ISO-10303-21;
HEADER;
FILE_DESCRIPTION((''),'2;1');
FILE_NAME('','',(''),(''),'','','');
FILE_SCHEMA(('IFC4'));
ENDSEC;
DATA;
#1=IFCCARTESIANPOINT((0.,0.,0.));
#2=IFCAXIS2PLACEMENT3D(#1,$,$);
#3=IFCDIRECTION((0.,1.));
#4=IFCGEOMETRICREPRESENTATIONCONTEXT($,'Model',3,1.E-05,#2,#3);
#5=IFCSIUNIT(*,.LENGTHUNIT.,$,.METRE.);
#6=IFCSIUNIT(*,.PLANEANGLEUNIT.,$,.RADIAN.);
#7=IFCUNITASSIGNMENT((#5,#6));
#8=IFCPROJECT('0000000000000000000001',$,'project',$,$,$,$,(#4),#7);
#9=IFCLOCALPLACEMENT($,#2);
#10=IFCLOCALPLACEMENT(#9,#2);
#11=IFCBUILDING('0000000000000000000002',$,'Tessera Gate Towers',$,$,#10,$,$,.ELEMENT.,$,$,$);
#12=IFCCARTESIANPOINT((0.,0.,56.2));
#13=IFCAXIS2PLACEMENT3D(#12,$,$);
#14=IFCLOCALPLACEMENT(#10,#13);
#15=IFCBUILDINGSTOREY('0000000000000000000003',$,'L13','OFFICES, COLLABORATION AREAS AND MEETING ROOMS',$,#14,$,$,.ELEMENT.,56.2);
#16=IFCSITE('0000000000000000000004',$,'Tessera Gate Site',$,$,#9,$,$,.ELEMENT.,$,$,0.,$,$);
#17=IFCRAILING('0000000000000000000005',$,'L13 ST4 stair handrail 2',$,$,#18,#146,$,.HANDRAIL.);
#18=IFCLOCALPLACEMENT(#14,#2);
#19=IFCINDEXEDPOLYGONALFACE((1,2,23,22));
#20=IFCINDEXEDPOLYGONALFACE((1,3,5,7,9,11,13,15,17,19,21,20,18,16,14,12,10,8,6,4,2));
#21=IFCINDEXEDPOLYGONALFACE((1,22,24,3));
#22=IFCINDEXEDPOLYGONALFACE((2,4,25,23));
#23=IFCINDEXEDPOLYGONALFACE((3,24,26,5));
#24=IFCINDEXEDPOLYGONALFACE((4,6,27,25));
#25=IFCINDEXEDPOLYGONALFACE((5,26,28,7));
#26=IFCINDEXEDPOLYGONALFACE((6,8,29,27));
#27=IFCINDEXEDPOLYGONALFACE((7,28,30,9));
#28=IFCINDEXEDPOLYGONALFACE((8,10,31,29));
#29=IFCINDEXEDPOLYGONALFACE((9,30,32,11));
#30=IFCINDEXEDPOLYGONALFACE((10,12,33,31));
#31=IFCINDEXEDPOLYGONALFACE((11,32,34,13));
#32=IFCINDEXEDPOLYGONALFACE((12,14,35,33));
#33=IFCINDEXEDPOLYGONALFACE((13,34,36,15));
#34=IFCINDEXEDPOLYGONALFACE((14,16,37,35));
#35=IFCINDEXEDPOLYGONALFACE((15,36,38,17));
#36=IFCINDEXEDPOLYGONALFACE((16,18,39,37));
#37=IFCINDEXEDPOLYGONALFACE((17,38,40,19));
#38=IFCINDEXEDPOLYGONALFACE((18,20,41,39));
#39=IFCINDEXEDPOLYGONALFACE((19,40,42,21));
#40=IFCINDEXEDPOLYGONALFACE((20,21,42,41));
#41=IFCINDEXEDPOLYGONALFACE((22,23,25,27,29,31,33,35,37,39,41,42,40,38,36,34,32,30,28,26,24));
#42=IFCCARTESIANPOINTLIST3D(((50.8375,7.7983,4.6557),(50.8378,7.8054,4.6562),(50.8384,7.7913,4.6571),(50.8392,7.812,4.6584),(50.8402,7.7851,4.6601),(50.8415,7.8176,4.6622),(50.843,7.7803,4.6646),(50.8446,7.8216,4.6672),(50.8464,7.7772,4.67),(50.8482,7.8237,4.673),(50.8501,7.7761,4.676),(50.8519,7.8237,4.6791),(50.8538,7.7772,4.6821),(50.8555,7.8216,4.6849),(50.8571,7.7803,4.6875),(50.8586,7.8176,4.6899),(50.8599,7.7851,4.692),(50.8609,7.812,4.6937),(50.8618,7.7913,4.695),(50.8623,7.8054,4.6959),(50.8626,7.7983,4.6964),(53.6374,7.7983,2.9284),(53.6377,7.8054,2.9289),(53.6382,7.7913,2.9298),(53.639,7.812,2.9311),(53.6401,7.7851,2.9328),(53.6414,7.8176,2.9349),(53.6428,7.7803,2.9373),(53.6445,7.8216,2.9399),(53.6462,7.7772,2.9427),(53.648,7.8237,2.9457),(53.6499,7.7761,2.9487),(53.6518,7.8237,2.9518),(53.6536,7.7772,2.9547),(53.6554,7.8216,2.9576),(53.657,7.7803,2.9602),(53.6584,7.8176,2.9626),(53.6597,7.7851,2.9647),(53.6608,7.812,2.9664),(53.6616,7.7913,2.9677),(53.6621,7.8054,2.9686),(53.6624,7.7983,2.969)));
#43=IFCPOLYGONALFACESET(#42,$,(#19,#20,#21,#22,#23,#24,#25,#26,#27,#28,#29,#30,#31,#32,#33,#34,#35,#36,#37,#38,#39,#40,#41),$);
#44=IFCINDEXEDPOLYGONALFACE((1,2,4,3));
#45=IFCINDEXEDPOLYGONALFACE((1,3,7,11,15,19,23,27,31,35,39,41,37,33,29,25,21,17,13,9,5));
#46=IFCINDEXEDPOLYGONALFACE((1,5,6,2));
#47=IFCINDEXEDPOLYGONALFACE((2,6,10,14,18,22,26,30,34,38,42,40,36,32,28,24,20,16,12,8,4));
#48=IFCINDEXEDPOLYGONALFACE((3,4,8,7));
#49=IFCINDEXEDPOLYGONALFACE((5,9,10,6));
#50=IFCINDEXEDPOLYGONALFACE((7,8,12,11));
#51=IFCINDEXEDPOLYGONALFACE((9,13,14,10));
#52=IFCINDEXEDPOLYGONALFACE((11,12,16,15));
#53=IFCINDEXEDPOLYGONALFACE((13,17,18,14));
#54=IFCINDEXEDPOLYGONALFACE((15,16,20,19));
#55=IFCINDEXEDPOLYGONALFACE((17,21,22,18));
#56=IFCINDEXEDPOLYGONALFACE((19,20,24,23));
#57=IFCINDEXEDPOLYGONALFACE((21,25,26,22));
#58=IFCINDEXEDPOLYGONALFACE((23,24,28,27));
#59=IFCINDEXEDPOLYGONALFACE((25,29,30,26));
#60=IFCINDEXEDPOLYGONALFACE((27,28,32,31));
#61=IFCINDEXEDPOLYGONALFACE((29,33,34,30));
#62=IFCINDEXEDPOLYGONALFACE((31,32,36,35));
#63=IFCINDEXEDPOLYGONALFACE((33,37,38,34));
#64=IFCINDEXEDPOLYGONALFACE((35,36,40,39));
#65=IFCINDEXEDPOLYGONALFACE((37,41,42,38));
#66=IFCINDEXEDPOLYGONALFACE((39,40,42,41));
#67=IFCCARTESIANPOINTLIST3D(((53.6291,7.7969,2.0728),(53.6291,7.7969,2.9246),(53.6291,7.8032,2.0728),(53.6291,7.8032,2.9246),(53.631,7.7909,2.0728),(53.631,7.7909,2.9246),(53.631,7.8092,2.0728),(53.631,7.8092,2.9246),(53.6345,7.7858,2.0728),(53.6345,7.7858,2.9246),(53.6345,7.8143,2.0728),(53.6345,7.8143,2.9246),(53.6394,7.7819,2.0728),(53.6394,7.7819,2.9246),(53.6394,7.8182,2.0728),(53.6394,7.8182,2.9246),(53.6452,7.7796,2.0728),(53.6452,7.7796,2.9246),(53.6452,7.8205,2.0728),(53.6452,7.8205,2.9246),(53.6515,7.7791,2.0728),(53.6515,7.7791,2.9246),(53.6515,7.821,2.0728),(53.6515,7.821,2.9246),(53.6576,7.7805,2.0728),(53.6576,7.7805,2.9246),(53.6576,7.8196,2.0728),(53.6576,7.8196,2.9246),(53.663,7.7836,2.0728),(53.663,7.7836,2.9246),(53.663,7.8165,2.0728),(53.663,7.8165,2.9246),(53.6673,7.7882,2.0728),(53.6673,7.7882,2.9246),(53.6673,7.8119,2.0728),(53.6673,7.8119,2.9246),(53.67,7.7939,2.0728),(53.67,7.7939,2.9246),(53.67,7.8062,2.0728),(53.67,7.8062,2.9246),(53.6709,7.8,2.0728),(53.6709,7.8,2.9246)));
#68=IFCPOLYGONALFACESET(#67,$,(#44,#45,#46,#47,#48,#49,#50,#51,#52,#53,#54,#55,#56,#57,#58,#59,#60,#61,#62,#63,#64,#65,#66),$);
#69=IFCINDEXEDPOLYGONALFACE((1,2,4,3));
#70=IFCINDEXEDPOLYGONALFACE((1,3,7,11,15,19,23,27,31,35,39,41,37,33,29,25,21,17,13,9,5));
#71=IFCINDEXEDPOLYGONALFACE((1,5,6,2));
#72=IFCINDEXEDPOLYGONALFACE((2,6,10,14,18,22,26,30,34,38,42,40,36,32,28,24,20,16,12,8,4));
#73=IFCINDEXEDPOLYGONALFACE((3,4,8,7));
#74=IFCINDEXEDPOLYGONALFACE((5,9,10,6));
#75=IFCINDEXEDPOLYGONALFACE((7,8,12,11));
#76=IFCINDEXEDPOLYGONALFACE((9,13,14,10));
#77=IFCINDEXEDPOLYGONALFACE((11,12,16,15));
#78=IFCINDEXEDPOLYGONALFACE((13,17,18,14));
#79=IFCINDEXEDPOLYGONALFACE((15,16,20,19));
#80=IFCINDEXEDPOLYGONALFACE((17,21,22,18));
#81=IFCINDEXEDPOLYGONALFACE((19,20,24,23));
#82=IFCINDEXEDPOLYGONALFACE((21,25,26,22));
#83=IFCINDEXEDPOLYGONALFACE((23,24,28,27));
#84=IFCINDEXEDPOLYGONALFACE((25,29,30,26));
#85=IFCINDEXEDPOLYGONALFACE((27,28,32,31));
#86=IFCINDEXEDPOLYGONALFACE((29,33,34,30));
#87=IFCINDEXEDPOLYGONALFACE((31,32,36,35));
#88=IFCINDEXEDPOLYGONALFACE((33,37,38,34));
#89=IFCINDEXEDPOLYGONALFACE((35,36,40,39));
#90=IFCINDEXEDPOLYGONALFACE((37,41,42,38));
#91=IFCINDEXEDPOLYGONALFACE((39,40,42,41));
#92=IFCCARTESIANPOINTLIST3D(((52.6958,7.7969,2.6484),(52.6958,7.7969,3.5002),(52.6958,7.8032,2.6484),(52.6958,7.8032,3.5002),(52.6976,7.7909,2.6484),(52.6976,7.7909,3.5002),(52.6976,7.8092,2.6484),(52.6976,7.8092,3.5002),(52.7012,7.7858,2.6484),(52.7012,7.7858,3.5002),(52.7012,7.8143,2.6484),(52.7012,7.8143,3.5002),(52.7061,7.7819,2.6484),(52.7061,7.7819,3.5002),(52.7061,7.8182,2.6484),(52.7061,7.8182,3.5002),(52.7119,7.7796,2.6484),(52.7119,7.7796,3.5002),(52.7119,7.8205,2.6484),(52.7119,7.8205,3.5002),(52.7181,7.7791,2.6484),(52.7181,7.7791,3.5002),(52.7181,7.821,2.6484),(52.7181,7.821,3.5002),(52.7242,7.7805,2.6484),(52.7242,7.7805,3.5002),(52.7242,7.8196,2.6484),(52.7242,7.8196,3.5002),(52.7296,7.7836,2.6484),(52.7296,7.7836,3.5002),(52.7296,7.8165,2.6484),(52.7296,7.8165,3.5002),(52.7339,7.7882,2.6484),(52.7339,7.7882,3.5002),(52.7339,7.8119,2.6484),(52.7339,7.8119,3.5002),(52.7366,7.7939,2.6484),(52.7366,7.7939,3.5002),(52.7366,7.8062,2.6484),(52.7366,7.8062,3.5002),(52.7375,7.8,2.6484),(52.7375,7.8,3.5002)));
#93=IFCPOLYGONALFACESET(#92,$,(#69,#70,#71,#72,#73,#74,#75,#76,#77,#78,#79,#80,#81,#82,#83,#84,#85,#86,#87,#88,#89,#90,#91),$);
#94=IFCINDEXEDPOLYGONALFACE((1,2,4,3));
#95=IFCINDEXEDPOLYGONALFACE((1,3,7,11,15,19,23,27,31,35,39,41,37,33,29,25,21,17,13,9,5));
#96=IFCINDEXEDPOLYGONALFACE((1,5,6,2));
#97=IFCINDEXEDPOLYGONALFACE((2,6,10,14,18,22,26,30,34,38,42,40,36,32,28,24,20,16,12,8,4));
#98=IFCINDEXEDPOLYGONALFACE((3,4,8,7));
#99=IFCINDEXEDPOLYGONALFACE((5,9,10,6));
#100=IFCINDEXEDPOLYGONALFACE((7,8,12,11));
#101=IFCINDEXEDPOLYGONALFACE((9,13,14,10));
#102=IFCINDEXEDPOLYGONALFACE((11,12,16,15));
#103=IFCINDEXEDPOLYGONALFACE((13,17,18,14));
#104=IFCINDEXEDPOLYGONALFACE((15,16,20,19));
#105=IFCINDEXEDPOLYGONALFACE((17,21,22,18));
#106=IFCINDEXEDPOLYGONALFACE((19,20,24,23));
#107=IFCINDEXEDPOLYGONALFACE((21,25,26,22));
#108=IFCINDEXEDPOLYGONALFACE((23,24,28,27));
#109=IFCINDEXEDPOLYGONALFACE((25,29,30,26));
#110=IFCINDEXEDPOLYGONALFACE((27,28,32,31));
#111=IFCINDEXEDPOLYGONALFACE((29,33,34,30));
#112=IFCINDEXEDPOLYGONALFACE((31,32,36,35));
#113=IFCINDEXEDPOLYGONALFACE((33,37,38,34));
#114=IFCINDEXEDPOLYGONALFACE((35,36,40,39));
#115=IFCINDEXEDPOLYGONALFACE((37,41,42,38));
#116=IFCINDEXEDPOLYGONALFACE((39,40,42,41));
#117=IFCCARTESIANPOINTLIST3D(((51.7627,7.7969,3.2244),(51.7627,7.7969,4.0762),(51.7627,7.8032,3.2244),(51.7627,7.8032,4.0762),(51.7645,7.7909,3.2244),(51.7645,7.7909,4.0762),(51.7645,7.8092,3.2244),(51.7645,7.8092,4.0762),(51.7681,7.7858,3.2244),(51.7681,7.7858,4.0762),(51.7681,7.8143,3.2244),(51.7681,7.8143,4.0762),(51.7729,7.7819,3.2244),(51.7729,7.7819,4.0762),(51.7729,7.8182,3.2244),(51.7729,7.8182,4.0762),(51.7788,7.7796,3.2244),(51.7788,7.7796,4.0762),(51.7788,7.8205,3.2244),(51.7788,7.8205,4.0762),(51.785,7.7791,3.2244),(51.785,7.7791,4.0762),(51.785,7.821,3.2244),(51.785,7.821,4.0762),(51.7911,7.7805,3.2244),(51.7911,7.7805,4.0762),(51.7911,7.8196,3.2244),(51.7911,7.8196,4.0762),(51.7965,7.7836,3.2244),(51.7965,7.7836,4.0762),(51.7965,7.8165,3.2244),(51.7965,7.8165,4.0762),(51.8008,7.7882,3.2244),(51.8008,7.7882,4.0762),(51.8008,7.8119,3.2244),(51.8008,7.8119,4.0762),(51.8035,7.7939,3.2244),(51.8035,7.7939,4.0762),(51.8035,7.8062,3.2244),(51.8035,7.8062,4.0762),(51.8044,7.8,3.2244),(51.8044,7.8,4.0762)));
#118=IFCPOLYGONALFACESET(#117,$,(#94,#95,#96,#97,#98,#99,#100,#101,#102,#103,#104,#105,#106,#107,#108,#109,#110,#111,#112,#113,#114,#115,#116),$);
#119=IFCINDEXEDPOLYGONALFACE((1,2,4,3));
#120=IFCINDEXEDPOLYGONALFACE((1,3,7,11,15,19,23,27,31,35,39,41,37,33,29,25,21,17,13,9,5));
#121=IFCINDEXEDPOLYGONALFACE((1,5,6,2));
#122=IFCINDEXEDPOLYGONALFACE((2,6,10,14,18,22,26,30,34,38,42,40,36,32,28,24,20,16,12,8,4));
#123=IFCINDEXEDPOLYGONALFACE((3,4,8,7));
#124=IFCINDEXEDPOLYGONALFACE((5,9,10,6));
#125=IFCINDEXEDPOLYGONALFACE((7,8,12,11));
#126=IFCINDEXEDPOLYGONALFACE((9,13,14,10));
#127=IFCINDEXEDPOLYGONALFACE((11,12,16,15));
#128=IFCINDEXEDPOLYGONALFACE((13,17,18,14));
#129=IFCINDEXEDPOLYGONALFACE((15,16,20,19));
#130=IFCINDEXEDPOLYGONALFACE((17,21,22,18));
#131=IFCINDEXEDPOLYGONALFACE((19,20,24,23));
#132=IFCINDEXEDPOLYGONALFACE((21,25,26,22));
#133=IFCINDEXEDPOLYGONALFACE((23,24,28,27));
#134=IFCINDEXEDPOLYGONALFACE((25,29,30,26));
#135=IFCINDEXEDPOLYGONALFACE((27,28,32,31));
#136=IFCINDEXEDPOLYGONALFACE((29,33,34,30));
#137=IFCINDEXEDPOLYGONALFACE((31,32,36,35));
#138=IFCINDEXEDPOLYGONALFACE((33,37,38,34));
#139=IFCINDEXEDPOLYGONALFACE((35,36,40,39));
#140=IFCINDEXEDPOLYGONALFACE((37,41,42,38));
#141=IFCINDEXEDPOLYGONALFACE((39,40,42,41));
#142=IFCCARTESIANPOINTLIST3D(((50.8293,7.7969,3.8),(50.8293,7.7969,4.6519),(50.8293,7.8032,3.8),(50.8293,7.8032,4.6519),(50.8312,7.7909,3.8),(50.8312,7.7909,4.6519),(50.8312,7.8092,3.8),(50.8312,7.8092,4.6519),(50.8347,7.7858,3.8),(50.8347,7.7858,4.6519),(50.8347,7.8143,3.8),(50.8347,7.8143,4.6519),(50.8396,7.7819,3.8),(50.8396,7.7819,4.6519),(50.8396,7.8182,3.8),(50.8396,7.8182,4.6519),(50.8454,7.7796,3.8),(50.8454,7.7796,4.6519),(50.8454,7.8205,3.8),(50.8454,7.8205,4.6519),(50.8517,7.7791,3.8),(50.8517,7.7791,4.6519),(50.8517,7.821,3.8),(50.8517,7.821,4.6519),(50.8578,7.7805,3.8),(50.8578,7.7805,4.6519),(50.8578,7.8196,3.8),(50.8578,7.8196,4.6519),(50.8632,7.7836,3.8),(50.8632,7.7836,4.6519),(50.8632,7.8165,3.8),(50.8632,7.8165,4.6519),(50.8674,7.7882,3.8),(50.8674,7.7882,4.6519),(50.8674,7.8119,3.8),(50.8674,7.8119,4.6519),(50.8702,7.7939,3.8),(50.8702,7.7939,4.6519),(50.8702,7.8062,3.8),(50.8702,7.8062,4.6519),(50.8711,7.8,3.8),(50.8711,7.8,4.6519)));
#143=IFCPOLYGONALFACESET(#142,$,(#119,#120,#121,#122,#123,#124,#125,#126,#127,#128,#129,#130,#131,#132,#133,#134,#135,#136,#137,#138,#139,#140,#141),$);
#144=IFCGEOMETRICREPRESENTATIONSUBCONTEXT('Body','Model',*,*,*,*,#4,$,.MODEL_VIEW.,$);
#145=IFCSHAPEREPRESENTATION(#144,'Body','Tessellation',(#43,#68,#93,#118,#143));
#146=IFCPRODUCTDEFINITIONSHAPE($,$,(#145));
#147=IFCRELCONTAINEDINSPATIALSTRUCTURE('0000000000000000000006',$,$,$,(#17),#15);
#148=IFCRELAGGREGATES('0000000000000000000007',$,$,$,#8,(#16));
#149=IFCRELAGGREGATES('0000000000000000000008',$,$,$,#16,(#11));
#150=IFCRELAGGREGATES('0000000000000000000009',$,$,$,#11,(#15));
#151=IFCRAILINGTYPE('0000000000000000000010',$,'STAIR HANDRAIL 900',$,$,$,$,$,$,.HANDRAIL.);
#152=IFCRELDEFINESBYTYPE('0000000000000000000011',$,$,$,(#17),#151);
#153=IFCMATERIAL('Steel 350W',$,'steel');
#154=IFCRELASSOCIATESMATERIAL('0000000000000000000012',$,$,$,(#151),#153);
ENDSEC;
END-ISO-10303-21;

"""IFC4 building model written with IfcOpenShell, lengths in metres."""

from ifc_helpers import new_model, si_unit, direction, frame, origin, origin_2d, place, context, subcontext, project, spatial, circle, extrude, material, type_object, element, save


model = new_model("IFC4")

# Units and contexts
model_context = context("Model", 3, precision=1e-05, world=origin(), true_north=direction((0.0, 1.0)))
body_context = subcontext(model_context, "Body", "Model", "MODEL_VIEW")
ifc_project = project(units=[si_unit("LENGTHUNIT", "METRE"), si_unit("PLANEANGLEUNIT", "RADIAN")], contexts=[model_context])

# Site, building, storey
site_placement = place(None, origin())
site = spatial("IfcSite", under=ifc_project, at=site_placement, Name="Tessera Gate Site", CompositionType="ELEMENT", RefElevation=0.0)
building_placement = place(site_placement, origin())
building = spatial("IfcBuilding", under=site, at=building_placement, Name="Tessera Gate Towers", CompositionType="ELEMENT")
storey_placement = place(building_placement, frame((0.0, 0.0, 56.2)))
storey = spatial("IfcBuildingStorey", under=building, at=storey_placement, Name="L13", Description="OFFICES, COLLABORATION AREAS AND MEETING ROOMS", CompositionType="ELEMENT", Elevation=56.2)

# Railing
ifc_material_1 = material(Name="Steel 350W", Category="steel")
railing_type_1 = type_object("IfcRailingType", Name="STAIR HANDRAIL 900", PredefinedType="HANDRAIL", material=ifc_material_1)
railing_1_placement = place(storey_placement, frame((53.6499, 7.8, 2.0728)))
element("IfcRailing", 1, at=railing_1_placement, inside=storey, type_object=railing_type_1, Name="L13 ST4 stair handrail 2", PredefinedType="HANDRAIL", context=body_context, shape_type="SweptSolid", body=[
    extrude(circle(Radius=0.0239, at=origin_2d()), frame((0.0, 0.0, 0.876), z_axis=(-0.851069, 0.0, 0.525054), x_axis=(0.0, -1.0, 0.0)), (0.0, 0.0, 1.0), 3.2898),
    extrude(circle(Radius=0.021, at=origin_2d()), origin(), (0.0, 0.0, 1.0), 0.8518),
    extrude(circle(Radius=0.021, at=origin_2d()), frame((-0.9333, 0.0, 0.5757)), (0.0, 0.0, 1.0), 0.8518),
    extrude(circle(Radius=0.021, at=origin_2d()), frame((-1.8665, 0.0, 1.1516)), (0.0, 0.0, 1.0), 0.8518),
    extrude(circle(Radius=0.021, at=origin_2d()), frame((-2.7998, 0.0, 1.7273)), (0.0, 0.0, 1.0), 0.8518),
])

save(model, "model.ifc")
